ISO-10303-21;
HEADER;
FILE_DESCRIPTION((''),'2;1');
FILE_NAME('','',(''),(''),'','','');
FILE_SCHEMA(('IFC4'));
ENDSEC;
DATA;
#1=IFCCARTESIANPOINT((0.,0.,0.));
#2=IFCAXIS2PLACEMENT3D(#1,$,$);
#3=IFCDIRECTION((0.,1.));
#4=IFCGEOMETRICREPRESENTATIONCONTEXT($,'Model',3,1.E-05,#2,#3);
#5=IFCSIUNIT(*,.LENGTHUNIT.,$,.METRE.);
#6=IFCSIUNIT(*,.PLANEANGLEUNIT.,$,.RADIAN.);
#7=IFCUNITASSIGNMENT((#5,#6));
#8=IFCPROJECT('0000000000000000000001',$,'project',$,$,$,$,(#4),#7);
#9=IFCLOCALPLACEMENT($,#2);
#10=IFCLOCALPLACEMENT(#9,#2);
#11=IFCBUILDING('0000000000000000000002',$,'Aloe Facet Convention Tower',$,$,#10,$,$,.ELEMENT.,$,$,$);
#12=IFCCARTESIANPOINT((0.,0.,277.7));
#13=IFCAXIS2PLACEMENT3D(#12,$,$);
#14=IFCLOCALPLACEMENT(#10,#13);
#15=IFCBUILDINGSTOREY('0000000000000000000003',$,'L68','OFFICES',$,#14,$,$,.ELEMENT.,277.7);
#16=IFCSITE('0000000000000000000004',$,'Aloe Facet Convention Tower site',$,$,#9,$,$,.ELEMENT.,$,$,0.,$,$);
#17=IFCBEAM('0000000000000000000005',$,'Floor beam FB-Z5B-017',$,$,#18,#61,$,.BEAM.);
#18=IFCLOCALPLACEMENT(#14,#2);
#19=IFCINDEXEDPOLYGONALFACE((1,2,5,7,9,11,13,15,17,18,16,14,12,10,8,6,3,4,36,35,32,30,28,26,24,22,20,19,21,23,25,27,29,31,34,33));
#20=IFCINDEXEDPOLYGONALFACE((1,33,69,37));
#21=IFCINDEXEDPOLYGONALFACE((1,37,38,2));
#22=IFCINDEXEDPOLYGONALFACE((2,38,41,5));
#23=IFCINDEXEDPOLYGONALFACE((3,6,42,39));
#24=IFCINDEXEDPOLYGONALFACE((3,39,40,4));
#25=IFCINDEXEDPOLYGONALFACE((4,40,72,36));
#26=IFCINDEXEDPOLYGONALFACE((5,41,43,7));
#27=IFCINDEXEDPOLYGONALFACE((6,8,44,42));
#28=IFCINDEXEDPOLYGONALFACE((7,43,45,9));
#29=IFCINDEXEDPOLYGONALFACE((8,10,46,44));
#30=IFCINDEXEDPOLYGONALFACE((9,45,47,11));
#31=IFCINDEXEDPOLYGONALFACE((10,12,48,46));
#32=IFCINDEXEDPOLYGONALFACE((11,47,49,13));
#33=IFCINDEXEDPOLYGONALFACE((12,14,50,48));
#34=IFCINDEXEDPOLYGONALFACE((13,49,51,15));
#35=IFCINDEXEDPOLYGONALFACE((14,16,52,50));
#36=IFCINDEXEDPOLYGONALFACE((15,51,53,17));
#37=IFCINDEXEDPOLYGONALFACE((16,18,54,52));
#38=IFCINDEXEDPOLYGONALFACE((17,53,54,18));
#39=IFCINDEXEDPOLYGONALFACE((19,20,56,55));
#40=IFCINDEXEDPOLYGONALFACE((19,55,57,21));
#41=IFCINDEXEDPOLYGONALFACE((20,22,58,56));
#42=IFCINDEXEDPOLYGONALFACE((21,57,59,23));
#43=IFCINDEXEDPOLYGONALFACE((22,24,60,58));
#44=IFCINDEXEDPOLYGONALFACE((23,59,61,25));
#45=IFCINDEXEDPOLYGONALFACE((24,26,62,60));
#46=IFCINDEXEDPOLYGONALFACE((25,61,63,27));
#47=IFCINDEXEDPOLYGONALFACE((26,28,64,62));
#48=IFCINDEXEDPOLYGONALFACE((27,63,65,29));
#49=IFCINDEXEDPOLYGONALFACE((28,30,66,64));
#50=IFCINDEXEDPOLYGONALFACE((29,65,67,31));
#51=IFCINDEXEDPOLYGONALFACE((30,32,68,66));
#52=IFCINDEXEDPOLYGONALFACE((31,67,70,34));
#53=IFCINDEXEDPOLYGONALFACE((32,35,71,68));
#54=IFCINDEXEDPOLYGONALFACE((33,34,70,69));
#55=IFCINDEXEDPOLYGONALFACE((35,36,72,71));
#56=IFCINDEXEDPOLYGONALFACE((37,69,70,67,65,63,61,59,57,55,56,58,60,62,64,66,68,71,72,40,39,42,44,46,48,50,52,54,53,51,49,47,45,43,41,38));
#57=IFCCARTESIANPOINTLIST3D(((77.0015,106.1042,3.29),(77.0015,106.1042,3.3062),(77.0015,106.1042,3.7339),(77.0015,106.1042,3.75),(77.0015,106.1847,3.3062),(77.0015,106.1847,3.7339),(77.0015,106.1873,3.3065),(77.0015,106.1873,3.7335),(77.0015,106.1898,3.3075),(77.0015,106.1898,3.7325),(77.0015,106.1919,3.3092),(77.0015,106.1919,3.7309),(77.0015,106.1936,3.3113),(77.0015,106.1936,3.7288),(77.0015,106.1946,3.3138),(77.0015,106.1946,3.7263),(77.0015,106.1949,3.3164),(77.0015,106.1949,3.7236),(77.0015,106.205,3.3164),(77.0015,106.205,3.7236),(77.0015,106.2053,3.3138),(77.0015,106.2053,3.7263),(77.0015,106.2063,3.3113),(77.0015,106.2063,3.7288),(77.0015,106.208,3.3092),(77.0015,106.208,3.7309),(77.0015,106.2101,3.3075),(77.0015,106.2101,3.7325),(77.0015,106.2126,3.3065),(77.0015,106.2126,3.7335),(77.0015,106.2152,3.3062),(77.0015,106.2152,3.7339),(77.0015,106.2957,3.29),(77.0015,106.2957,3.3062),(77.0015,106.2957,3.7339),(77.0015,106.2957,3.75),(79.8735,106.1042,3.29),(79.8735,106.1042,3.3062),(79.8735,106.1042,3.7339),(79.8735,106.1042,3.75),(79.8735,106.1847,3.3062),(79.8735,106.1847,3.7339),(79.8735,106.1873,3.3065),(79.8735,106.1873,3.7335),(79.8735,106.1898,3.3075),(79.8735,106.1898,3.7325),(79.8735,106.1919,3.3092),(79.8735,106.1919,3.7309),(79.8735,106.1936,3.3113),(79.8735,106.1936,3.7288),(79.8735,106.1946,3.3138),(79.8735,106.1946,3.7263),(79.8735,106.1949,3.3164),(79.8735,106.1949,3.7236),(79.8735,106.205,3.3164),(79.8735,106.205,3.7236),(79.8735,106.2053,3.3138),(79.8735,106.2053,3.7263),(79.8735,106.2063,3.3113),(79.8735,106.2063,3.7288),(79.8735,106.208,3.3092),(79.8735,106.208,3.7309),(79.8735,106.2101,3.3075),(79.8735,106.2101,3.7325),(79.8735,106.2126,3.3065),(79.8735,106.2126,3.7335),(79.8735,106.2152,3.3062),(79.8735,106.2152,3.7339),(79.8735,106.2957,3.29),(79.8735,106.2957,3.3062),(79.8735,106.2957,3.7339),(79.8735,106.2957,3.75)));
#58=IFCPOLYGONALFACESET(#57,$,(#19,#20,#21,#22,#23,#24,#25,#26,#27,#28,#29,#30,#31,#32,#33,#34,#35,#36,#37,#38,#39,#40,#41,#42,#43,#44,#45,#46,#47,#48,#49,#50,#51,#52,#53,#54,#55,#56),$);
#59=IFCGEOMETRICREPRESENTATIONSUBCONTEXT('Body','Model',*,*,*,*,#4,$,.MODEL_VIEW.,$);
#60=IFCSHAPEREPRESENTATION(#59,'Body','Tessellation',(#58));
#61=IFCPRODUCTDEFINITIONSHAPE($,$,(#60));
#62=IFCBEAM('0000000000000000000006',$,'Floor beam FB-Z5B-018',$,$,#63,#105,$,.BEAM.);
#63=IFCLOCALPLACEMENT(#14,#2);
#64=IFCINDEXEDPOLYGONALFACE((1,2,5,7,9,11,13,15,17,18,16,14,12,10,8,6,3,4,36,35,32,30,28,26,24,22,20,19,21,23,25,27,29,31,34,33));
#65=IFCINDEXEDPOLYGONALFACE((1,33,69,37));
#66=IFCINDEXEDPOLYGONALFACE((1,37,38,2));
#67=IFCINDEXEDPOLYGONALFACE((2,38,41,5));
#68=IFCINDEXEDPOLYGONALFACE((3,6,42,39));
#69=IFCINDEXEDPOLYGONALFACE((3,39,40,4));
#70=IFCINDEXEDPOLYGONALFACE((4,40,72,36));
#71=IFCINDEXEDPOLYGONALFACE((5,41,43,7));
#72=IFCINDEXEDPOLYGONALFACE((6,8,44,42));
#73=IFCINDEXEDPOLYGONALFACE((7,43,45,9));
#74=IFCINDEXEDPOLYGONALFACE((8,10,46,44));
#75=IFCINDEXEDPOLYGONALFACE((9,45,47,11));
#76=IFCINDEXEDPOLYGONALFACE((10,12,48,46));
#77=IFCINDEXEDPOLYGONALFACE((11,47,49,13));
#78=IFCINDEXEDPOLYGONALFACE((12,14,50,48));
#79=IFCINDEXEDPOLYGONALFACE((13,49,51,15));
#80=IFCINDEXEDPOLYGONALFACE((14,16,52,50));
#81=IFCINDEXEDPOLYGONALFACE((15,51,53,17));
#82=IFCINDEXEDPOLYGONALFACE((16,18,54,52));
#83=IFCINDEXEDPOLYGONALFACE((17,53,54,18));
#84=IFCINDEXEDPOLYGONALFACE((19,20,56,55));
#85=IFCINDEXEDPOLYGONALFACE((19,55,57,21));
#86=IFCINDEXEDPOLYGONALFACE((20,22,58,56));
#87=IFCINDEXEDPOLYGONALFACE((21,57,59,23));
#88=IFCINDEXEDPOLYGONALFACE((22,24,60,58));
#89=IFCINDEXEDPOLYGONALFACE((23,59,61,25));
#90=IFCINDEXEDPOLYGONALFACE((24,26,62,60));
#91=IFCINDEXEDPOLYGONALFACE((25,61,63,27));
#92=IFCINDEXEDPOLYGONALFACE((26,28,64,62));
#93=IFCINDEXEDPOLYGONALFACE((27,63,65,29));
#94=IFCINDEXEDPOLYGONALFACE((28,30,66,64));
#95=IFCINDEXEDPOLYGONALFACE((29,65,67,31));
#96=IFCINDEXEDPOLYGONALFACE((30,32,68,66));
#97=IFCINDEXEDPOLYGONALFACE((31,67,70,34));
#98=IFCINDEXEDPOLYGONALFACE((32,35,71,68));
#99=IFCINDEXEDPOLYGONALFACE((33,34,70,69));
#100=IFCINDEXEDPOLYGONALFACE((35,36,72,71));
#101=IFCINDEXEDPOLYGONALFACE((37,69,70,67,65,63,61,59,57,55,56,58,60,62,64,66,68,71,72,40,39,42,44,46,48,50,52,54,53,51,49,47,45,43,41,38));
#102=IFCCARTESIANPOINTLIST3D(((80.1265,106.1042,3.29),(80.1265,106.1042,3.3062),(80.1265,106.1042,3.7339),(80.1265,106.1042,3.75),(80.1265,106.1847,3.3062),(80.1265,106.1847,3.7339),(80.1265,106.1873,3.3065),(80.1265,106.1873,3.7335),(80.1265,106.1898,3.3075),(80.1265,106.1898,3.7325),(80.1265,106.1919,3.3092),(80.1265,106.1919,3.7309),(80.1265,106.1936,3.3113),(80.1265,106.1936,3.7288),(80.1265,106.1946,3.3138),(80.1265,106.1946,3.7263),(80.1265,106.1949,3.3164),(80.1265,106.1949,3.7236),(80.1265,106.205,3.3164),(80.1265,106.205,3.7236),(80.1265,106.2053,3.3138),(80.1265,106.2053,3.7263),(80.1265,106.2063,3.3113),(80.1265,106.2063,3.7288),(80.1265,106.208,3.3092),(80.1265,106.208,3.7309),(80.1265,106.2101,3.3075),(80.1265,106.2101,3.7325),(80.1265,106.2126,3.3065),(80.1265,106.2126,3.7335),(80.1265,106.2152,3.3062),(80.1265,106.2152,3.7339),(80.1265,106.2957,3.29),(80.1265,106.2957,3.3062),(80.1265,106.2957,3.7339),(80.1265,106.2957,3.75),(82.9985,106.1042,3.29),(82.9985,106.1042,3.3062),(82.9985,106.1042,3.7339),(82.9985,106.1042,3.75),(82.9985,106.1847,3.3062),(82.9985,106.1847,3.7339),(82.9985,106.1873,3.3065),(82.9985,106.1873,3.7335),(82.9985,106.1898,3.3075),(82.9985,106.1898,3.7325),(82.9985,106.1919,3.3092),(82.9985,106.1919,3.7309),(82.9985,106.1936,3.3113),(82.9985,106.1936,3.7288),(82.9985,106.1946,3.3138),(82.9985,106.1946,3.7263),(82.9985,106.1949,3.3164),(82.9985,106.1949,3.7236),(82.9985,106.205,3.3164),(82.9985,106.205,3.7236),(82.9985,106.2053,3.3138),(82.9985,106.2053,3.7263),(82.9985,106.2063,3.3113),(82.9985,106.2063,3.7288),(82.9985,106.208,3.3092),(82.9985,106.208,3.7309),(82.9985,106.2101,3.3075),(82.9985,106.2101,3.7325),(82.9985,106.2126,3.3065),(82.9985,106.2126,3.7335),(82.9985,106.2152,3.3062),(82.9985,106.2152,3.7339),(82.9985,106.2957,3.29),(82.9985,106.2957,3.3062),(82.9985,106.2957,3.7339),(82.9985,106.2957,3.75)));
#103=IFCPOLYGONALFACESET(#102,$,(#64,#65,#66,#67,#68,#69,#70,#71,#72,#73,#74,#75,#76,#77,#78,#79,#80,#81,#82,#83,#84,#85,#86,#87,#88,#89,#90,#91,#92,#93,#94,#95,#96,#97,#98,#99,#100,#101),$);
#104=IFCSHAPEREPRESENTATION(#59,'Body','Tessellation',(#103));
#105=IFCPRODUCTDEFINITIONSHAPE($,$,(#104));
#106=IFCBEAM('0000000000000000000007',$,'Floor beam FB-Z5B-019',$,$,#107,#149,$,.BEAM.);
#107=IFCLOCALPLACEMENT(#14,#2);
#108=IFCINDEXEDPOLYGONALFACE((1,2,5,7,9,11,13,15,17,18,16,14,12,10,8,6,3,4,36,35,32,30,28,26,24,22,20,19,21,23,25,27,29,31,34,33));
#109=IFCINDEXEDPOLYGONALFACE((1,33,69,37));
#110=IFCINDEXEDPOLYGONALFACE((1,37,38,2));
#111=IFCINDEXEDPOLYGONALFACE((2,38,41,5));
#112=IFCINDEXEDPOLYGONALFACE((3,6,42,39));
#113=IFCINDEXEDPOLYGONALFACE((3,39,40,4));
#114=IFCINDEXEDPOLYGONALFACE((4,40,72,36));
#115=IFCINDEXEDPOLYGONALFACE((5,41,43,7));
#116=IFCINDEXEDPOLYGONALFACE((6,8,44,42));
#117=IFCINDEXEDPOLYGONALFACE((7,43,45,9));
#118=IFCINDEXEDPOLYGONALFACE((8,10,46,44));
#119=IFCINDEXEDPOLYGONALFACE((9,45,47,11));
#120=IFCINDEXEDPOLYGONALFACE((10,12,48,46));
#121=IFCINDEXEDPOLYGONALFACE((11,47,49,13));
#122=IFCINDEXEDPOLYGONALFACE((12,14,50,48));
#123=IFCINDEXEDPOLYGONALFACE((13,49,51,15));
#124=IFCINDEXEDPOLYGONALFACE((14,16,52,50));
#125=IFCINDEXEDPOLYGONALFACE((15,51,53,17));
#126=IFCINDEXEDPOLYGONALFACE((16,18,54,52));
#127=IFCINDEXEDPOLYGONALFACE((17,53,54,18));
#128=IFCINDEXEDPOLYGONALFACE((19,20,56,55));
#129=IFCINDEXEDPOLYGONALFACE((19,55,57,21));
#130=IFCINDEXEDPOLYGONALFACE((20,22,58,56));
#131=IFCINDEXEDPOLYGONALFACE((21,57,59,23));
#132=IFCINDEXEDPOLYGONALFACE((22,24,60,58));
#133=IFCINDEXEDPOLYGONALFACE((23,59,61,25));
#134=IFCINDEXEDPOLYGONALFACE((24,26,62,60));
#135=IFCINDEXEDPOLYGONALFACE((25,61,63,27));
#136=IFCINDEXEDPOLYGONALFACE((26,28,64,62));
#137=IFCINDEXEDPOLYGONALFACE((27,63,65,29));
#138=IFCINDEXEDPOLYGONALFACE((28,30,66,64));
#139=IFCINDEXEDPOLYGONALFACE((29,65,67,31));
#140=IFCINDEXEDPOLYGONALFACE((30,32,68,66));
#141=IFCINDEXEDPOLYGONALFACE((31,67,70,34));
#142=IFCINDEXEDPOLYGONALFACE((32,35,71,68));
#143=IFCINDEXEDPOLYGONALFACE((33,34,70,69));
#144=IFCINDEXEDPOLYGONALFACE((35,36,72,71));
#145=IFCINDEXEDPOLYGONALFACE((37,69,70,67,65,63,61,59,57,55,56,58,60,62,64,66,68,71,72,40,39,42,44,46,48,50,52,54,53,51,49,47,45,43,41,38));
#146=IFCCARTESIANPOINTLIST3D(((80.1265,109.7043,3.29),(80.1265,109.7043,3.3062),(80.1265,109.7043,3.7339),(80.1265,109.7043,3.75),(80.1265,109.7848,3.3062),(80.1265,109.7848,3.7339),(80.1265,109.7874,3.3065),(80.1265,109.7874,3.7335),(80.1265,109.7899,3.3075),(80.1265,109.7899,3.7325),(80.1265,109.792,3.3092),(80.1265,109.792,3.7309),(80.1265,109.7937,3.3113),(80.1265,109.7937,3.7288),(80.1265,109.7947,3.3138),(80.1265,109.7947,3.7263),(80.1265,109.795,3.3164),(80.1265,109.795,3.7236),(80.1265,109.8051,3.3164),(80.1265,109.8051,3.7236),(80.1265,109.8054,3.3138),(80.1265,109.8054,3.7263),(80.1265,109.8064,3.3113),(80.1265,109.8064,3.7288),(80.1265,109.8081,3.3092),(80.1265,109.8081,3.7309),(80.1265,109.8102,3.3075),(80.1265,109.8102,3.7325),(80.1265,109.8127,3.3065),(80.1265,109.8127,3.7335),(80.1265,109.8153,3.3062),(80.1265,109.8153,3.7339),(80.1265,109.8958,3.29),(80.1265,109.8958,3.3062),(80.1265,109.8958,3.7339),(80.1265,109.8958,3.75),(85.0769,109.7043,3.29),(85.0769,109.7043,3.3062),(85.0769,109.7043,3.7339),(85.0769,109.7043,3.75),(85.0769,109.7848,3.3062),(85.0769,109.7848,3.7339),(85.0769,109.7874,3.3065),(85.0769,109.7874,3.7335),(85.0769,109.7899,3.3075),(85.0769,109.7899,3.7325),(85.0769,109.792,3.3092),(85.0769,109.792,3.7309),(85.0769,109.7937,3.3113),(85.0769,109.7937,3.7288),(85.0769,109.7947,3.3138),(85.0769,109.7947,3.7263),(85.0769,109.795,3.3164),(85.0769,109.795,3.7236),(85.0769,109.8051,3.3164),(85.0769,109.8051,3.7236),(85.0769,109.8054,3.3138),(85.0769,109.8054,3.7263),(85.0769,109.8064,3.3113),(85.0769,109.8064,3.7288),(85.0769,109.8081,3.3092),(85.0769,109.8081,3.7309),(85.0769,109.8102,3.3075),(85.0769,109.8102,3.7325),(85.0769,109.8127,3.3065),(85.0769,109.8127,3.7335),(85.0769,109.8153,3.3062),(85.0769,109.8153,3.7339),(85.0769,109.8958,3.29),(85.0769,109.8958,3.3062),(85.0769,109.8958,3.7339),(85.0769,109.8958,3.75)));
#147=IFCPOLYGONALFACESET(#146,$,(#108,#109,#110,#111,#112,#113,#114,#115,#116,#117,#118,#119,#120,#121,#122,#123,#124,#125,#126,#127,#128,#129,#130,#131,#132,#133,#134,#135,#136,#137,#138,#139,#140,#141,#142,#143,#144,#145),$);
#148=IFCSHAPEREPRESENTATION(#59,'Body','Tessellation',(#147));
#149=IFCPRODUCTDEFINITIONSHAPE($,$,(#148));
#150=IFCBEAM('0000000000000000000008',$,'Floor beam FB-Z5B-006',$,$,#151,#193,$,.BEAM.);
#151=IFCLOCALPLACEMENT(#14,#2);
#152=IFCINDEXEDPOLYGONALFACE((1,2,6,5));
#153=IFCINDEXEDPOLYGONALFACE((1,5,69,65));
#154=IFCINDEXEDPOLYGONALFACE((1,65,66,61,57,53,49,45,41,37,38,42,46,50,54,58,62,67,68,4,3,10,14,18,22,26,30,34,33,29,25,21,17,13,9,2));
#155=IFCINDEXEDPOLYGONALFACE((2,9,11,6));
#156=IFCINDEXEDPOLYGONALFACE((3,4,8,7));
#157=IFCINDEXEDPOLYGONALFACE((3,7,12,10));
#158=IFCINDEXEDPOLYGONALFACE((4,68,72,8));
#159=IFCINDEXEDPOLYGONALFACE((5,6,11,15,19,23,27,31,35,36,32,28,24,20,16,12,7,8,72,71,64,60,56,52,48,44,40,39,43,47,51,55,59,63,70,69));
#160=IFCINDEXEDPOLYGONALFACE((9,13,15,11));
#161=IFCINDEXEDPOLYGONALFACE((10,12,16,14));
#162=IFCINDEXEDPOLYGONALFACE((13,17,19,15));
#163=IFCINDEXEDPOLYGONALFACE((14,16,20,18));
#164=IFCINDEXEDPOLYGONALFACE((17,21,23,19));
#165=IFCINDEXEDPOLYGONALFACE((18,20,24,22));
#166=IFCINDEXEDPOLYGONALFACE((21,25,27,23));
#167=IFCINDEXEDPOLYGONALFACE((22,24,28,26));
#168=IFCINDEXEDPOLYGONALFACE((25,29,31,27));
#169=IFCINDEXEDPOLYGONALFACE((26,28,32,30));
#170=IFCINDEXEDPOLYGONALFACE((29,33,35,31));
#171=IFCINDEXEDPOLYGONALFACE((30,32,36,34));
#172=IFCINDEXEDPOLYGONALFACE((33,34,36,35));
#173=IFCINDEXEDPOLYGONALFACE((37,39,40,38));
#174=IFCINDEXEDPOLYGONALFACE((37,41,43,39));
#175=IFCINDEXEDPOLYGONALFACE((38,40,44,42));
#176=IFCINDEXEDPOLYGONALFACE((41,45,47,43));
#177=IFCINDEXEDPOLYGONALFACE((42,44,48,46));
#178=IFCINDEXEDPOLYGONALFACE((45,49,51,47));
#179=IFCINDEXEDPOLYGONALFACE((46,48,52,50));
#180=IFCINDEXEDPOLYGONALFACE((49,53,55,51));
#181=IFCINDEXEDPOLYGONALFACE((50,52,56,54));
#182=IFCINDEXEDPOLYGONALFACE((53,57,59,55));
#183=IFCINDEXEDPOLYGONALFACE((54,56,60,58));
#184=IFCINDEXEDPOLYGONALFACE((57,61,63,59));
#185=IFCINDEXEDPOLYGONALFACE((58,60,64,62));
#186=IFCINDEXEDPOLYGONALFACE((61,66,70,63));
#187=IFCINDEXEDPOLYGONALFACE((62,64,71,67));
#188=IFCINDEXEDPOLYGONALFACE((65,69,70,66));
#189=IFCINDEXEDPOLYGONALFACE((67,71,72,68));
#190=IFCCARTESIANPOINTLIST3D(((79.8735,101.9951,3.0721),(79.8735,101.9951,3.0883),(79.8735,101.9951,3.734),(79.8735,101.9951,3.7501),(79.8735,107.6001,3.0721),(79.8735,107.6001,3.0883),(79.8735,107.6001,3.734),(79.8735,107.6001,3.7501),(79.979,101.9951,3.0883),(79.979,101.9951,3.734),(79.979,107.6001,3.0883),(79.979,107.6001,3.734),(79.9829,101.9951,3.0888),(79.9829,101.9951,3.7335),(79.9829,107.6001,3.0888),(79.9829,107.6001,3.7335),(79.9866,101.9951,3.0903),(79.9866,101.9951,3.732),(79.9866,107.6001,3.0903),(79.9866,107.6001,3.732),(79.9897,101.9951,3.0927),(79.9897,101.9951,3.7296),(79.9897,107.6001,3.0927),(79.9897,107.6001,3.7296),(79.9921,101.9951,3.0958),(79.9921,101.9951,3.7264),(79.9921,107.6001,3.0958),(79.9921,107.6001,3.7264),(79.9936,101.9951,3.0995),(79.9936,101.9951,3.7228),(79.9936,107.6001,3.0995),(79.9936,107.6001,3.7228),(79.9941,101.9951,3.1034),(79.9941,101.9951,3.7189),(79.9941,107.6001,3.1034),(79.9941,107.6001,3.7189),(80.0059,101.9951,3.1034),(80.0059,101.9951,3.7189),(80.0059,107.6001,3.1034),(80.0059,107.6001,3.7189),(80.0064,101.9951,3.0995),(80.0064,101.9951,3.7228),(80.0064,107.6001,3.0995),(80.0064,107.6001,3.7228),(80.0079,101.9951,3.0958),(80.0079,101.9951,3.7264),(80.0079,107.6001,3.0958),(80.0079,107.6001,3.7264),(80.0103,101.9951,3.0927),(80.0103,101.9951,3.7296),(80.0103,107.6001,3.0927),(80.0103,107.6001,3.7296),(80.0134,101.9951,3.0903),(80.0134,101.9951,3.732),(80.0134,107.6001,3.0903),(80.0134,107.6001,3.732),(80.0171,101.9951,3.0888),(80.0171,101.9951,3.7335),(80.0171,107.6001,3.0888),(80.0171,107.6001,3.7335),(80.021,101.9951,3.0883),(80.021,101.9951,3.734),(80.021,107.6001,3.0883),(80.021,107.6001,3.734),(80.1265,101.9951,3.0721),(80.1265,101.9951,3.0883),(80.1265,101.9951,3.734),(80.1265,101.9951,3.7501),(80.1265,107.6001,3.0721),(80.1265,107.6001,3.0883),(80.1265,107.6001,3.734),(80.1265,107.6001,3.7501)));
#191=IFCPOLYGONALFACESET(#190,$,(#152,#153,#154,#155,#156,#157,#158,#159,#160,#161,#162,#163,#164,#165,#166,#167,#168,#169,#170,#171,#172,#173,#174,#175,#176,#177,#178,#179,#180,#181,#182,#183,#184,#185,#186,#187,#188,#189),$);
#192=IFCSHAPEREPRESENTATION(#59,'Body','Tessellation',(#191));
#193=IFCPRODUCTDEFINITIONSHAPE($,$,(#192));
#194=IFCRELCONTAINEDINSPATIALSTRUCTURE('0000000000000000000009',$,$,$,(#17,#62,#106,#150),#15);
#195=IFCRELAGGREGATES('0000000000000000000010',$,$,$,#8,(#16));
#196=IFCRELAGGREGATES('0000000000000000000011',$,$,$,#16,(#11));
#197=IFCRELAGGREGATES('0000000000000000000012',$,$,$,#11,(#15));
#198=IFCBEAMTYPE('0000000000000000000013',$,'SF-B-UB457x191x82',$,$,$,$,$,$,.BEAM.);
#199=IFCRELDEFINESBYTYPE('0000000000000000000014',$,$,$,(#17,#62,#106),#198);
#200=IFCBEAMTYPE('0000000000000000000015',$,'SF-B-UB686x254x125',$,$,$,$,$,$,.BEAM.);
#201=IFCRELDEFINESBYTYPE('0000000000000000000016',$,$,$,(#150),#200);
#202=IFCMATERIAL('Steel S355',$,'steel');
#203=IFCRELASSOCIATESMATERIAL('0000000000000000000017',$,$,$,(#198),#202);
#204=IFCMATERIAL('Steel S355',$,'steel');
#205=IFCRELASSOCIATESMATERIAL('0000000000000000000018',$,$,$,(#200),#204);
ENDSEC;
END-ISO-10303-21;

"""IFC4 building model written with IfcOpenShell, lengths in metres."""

from ifc_helpers import new_model, si_unit, direction, frame, origin, origin_2d, place, context, subcontext, project, spatial, i_section, extrude, material, material_profile, profile_set, type_object, element, save


model = new_model("IFC4")

# Units and contexts
model_context = context("Model", 3, precision=1e-05, world=origin(), true_north=direction((0.0, 1.0)))
body_context = subcontext(model_context, "Body", "Model", "MODEL_VIEW")
ifc_project = project(units=[si_unit("LENGTHUNIT", "METRE"), si_unit("PLANEANGLEUNIT", "RADIAN")], contexts=[model_context])

# Site, building, storey
site_placement = place(None, origin())
site = spatial("IfcSite", under=ifc_project, at=site_placement, Name="Aloe Facet Convention Tower site", CompositionType="ELEMENT", RefElevation=0.0)
building_placement = place(site_placement, origin())
building = spatial("IfcBuilding", under=site, at=building_placement, Name="Aloe Facet Convention Tower", CompositionType="ELEMENT")
storey_placement = place(building_placement, frame((0.0, 0.0, 277.7)))
storey = spatial("IfcBuildingStorey", under=building, at=storey_placement, Name="L68", Description="OFFICES", CompositionType="ELEMENT", Elevation=277.7)

# Beams
ifc_material_1 = material(Name="Steel S355", Category="steel")
ifc_material_profile_1 = material_profile(ifc_material_1, i_section(OverallWidth=0.1914, OverallDepth=0.46, WebThickness=0.01, FlangeThickness=0.0161, FilletRadius=0.0103, at=origin_2d()), Name="UB 457x191x82")
ifc_profile_set_1 = profile_set([ifc_material_profile_1], Name="Steel S355")
beam_type_1 = type_object("IfcBeamType", Name="SF-B-UB457x191x82", PredefinedType="BEAM", material=ifc_profile_set_1)
for number, where, z_axis, x_axis, name in (
    (1, (77.0015, 106.2, 3.52), (1.0, 0.0, 0.0), (0.0, 1.0, 0.0), "Floor beam FB-Z5B-017"),
    (2, (80.1265, 106.2, 3.52), (1.0, 0.0, 0.0), (0.0, 1.0, 0.0), "Floor beam FB-Z5B-018"),
):
    element("IfcBeam", number, at=place(storey_placement, frame(where, z_axis=z_axis, x_axis=x_axis)), inside=storey, type_object=beam_type_1, Name=name, PredefinedType="BEAM", context=body_context, shape_type="SweptSolid", body=[
        extrude(i_section(OverallWidth=0.1914, OverallDepth=0.46, WebThickness=0.01, FlangeThickness=0.0161, FilletRadius=0.0103, at=origin_2d()), origin(), (0.0, 0.0, 1.0), 2.8721),
    ])
beam_1_placement = place(storey_placement, frame((80.1265, 109.8, 3.52), z_axis=(1.0, 0.0, 0.0), x_axis=(0.0, 1.0, 0.0)))
element("IfcBeam", 3, at=beam_1_placement, inside=storey, type_object=beam_type_1, Name="Floor beam FB-Z5B-019", PredefinedType="BEAM", context=body_context, shape_type="SweptSolid", body=[
    extrude(i_section(OverallWidth=0.1914, OverallDepth=0.46, WebThickness=0.01, FlangeThickness=0.0161, FilletRadius=0.0103, at=origin_2d()), origin(), (0.0, 0.0, 1.0), 4.9504),
])
ifc_material_2 = material(Name="Steel S355", Category="steel")
ifc_material_profile_2 = material_profile(ifc_material_2, i_section(OverallWidth=0.2529, OverallDepth=0.678, WebThickness=0.0117, FlangeThickness=0.0161, FilletRadius=0.0151, at=origin_2d()), Name="UB 686x254x125")
ifc_profile_set_2 = profile_set([ifc_material_profile_2], Name="Steel S355")
beam_type_2 = type_object("IfcBeamType", Name="SF-B-UB686x254x125", PredefinedType="BEAM", material=ifc_profile_set_2)
beam_2_placement = place(storey_placement, frame((80.0, 107.6001, 3.4111), z_axis=(0.0, -1.0, 0.0), x_axis=(1.0, 0.0, 0.0)))
element("IfcBeam", 4, at=beam_2_placement, inside=storey, type_object=beam_type_2, Name="Floor beam FB-Z5B-006", PredefinedType="BEAM", context=body_context, shape_type="SweptSolid", body=[
    extrude(i_section(OverallWidth=0.2529, OverallDepth=0.678, WebThickness=0.0117, FlangeThickness=0.0161, FilletRadius=0.0151, at=origin_2d()), origin(), (0.0, 0.0, 1.0), 5.605),
])

save(model, "model.ifc")
